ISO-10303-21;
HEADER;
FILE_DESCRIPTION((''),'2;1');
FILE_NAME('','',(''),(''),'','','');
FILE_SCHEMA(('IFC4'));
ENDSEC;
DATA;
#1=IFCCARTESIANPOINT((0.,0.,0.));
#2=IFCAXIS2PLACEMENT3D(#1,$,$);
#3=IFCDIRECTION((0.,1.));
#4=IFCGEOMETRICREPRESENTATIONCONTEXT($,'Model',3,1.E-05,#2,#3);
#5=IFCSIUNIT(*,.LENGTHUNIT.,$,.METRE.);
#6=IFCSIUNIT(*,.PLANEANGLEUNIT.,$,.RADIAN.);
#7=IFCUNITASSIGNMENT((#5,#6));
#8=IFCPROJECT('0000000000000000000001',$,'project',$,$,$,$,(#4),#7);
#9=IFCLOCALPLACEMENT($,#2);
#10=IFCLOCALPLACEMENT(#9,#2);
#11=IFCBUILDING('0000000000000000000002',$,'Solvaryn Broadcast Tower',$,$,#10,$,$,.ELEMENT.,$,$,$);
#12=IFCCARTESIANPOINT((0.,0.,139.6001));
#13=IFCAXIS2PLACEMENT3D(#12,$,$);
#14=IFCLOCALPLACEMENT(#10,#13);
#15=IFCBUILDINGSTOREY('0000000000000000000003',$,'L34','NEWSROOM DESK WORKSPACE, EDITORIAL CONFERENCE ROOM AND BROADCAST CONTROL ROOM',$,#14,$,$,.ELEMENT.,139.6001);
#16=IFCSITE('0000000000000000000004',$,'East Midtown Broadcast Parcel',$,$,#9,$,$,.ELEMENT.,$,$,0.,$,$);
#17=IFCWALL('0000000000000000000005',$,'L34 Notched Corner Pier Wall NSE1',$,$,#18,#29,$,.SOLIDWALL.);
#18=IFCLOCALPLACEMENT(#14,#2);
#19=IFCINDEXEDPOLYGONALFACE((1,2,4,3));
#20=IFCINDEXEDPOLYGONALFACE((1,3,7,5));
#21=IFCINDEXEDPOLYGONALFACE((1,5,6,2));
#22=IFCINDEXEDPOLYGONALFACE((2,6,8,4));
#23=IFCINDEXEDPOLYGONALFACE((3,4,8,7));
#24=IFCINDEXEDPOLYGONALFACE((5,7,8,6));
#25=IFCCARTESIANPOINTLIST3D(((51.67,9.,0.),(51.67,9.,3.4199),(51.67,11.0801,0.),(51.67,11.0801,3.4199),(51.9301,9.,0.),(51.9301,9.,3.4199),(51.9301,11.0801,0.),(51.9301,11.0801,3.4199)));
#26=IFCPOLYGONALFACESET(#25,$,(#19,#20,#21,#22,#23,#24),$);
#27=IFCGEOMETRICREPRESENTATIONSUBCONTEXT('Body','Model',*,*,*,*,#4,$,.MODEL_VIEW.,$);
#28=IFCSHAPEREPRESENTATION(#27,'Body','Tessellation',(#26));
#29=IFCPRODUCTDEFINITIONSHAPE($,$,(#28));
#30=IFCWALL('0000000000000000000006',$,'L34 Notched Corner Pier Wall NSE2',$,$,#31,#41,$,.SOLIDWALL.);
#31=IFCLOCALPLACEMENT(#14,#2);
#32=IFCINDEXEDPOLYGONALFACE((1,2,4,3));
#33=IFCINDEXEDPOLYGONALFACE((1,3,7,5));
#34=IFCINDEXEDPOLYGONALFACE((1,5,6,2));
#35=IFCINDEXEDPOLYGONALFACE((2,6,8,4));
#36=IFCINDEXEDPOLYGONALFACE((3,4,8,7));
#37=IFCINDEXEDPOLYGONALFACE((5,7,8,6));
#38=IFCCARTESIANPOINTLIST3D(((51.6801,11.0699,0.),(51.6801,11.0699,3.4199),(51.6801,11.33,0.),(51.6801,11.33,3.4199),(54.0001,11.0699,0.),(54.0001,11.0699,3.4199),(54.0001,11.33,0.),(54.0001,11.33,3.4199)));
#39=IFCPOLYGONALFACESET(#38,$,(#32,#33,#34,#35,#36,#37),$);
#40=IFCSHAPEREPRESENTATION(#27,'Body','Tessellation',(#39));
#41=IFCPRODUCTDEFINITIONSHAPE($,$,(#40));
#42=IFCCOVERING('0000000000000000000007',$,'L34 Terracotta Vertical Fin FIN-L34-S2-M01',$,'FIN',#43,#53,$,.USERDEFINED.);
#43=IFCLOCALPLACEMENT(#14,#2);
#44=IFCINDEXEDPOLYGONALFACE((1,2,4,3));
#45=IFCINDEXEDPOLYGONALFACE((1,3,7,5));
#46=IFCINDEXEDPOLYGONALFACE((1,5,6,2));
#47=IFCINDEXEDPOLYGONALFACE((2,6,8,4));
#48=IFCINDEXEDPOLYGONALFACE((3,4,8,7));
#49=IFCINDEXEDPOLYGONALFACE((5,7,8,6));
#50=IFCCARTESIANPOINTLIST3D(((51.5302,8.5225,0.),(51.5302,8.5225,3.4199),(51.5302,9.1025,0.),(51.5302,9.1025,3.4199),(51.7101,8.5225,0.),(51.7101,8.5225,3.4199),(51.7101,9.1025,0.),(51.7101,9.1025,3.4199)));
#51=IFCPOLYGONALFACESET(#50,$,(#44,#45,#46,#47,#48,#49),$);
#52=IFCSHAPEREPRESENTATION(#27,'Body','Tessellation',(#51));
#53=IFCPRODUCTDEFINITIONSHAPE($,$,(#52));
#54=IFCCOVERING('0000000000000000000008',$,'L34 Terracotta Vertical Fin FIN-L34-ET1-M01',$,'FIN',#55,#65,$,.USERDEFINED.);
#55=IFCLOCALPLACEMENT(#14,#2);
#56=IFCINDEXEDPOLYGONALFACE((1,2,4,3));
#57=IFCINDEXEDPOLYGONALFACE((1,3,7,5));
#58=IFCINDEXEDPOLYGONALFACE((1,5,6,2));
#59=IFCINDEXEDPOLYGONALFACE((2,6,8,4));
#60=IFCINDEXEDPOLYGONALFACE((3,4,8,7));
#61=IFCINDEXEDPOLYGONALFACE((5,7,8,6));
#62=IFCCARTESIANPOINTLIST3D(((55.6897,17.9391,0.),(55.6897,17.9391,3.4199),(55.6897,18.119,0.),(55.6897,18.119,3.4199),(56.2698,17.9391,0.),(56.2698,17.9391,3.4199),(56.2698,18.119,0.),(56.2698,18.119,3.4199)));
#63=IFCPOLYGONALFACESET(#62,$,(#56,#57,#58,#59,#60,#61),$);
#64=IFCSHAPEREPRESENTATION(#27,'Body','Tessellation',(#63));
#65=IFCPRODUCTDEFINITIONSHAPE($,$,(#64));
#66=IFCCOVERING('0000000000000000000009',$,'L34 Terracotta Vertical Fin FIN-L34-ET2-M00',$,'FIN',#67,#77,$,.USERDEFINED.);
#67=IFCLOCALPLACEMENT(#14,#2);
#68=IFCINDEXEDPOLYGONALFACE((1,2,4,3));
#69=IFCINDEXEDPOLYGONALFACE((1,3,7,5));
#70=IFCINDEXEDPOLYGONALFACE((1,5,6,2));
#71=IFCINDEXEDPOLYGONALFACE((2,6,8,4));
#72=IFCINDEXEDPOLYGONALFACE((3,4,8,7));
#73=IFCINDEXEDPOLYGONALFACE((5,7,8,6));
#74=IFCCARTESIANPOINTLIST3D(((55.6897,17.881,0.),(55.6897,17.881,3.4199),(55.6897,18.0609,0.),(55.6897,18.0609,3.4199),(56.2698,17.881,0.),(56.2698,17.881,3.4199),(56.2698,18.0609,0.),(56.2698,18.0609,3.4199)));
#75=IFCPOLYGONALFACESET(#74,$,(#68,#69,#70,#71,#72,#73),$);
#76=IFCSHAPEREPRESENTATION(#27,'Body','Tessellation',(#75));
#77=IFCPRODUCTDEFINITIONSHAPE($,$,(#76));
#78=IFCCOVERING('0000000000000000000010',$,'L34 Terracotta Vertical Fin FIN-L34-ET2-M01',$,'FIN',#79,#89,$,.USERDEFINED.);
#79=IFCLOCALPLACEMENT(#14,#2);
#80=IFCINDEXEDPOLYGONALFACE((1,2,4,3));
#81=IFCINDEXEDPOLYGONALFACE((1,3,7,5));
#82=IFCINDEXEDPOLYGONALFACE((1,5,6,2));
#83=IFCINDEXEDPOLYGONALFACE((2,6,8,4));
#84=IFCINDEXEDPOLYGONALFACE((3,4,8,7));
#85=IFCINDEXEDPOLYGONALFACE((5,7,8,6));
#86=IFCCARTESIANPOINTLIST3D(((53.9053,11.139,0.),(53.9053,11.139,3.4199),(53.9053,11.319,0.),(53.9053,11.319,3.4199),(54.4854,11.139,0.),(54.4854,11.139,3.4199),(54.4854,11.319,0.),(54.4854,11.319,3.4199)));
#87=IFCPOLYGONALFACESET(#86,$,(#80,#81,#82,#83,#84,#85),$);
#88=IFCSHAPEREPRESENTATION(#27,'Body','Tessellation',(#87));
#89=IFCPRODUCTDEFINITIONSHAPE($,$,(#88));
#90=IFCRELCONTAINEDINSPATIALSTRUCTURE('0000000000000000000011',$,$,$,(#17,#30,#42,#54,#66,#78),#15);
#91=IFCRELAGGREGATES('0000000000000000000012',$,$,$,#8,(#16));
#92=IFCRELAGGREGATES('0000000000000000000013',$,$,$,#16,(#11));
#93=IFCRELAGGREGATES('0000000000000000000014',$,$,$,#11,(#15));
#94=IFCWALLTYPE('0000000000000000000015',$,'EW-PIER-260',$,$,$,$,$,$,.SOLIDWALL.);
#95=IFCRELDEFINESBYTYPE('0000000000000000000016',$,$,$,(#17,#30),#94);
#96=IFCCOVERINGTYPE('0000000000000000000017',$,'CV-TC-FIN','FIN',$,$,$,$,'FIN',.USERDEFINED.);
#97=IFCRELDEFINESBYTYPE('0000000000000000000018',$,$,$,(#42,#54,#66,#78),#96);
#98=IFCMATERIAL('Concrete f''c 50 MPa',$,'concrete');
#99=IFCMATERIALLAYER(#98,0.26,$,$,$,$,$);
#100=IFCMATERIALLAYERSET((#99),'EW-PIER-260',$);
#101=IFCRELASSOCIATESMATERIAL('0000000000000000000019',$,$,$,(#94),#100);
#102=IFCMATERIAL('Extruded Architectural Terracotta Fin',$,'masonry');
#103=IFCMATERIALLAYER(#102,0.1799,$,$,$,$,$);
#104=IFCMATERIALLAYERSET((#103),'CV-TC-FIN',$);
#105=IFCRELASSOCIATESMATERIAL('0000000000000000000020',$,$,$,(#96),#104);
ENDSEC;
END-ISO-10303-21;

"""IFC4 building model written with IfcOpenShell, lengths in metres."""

from ifc_helpers import new_model, si_unit, direction, frame, frame_2d, origin, origin_2d, place, context, subcontext, project, spatial, rectangle, extrude, material, layer, layer_set, type_object, element, save


model = new_model("IFC4")

# Units and contexts
model_context = context("Model", 3, precision=1e-05, world=origin(), true_north=direction((0.0, 1.0)))
body_context = subcontext(model_context, "Body", "Model", "MODEL_VIEW")
ifc_project = project(units=[si_unit("LENGTHUNIT", "METRE"), si_unit("PLANEANGLEUNIT", "RADIAN")], contexts=[model_context])

# Site, building, storey
site_placement = place(None, origin())
site = spatial("IfcSite", under=ifc_project, at=site_placement, Name="East Midtown Broadcast Parcel", CompositionType="ELEMENT", RefElevation=0.0)
building_placement = place(site_placement, origin())
building = spatial("IfcBuilding", under=site, at=building_placement, Name="Solvaryn Broadcast Tower", CompositionType="ELEMENT")
storey_placement = place(building_placement, frame((0.0, 0.0, 139.6001)))
storey = spatial("IfcBuildingStorey", under=building, at=storey_placement, Name="L34", Description="NEWSROOM DESK WORKSPACE, EDITORIAL CONFERENCE ROOM AND BROADCAST CONTROL ROOM", CompositionType="ELEMENT", Elevation=139.6001)

# Walls
ifc_material_1 = material(Name="Concrete f'c 50 MPa", Category="concrete")
ifc_layer_1 = layer(ifc_material_1, 0.26)
ifc_layer_set_1 = layer_set([ifc_layer_1], Name="EW-PIER-260")
wall_type = type_object("IfcWallType", Name="EW-PIER-260", PredefinedType="SOLIDWALL", material=ifc_layer_set_1)
wall_1_placement = place(storey_placement, frame((51.8, 9.0, 0.0), z_axis=(0.0, 0.0, 1.0), x_axis=(0.0, 1.0, 0.0)))
element("IfcWall", 1, at=wall_1_placement, inside=storey, type_object=wall_type, Name="L34 Notched Corner Pier Wall NSE1", PredefinedType="SOLIDWALL", context=body_context, shape_type="SweptSolid", body=[
    extrude(rectangle(XDim=2.0801, YDim=0.26, at=frame_2d((1.04, 0.0))), origin(), (0.0, 0.0, 1.0), 3.4199),
])
wall_2_placement = place(storey_placement, frame((51.6799, 11.2, 0.0), z_axis=(0.0, 0.0, 1.0), x_axis=(1.0, 0.0, 0.0)))
element("IfcWall", 2, at=wall_2_placement, inside=storey, type_object=wall_type, Name="L34 Notched Corner Pier Wall NSE2", PredefinedType="SOLIDWALL", context=body_context, shape_type="SweptSolid", body=[
    extrude(rectangle(XDim=2.3201, YDim=0.26, at=frame_2d((1.1602, 0.0))), origin(), (0.0, 0.0, 1.0), 3.4199),
])

# Coverings
ifc_material_2 = material(Name="Extruded Architectural Terracotta Fin", Category="masonry")
ifc_layer_2 = layer(ifc_material_2, 0.1799)
ifc_layer_set_2 = layer_set([ifc_layer_2], Name="CV-TC-FIN")
covering_type = type_object("IfcCoveringType", Name="CV-TC-FIN", Description="FIN", ElementType="FIN", PredefinedType="USERDEFINED", material=ifc_layer_set_2)
covering_placement = place(storey_placement, frame((51.6201, 8.8125, 0.0), z_axis=(0.0, 0.0, 1.0), x_axis=(1.0, 0.0, 0.0)))
element("IfcCovering", 3, at=covering_placement, inside=storey, type_object=covering_type, Name="L34 Terracotta Vertical Fin FIN-L34-S2-M01", ObjectType="FIN", PredefinedType="USERDEFINED", context=body_context, shape_type="SweptSolid", body=[
    extrude(rectangle(XDim=0.1799, YDim=0.5801, at=origin_2d()), origin(), (0.0, 0.0, 1.0), 3.4199),
])
for number, where, z_axis, x_axis, name in (
    (4, (55.9797, 18.0291, 0.0), (0.0, 0.0, 1.0), (1.0, 0.0, 0.0), "L34 Terracotta Vertical Fin FIN-L34-ET1-M01"),
    (5, (55.9797, 17.9709, 0.0), (0.0, 0.0, 1.0), (1.0, 0.0, 0.0), "L34 Terracotta Vertical Fin FIN-L34-ET2-M00"),
    (6, (54.1953, 11.229, 0.0), (0.0, 0.0, 1.0), (1.0, 0.0, 0.0), "L34 Terracotta Vertical Fin FIN-L34-ET2-M01"),
):
    element("IfcCovering", number, at=place(storey_placement, frame(where, z_axis=z_axis, x_axis=x_axis)), inside=storey, type_object=covering_type, Name=name, ObjectType="FIN", PredefinedType="USERDEFINED", context=body_context, shape_type="SweptSolid", body=[
        extrude(rectangle(XDim=0.5801, YDim=0.1799, at=origin_2d()), origin(), (0.0, 0.0, 1.0), 3.4199),
    ])

save(model, "model.ifc")
